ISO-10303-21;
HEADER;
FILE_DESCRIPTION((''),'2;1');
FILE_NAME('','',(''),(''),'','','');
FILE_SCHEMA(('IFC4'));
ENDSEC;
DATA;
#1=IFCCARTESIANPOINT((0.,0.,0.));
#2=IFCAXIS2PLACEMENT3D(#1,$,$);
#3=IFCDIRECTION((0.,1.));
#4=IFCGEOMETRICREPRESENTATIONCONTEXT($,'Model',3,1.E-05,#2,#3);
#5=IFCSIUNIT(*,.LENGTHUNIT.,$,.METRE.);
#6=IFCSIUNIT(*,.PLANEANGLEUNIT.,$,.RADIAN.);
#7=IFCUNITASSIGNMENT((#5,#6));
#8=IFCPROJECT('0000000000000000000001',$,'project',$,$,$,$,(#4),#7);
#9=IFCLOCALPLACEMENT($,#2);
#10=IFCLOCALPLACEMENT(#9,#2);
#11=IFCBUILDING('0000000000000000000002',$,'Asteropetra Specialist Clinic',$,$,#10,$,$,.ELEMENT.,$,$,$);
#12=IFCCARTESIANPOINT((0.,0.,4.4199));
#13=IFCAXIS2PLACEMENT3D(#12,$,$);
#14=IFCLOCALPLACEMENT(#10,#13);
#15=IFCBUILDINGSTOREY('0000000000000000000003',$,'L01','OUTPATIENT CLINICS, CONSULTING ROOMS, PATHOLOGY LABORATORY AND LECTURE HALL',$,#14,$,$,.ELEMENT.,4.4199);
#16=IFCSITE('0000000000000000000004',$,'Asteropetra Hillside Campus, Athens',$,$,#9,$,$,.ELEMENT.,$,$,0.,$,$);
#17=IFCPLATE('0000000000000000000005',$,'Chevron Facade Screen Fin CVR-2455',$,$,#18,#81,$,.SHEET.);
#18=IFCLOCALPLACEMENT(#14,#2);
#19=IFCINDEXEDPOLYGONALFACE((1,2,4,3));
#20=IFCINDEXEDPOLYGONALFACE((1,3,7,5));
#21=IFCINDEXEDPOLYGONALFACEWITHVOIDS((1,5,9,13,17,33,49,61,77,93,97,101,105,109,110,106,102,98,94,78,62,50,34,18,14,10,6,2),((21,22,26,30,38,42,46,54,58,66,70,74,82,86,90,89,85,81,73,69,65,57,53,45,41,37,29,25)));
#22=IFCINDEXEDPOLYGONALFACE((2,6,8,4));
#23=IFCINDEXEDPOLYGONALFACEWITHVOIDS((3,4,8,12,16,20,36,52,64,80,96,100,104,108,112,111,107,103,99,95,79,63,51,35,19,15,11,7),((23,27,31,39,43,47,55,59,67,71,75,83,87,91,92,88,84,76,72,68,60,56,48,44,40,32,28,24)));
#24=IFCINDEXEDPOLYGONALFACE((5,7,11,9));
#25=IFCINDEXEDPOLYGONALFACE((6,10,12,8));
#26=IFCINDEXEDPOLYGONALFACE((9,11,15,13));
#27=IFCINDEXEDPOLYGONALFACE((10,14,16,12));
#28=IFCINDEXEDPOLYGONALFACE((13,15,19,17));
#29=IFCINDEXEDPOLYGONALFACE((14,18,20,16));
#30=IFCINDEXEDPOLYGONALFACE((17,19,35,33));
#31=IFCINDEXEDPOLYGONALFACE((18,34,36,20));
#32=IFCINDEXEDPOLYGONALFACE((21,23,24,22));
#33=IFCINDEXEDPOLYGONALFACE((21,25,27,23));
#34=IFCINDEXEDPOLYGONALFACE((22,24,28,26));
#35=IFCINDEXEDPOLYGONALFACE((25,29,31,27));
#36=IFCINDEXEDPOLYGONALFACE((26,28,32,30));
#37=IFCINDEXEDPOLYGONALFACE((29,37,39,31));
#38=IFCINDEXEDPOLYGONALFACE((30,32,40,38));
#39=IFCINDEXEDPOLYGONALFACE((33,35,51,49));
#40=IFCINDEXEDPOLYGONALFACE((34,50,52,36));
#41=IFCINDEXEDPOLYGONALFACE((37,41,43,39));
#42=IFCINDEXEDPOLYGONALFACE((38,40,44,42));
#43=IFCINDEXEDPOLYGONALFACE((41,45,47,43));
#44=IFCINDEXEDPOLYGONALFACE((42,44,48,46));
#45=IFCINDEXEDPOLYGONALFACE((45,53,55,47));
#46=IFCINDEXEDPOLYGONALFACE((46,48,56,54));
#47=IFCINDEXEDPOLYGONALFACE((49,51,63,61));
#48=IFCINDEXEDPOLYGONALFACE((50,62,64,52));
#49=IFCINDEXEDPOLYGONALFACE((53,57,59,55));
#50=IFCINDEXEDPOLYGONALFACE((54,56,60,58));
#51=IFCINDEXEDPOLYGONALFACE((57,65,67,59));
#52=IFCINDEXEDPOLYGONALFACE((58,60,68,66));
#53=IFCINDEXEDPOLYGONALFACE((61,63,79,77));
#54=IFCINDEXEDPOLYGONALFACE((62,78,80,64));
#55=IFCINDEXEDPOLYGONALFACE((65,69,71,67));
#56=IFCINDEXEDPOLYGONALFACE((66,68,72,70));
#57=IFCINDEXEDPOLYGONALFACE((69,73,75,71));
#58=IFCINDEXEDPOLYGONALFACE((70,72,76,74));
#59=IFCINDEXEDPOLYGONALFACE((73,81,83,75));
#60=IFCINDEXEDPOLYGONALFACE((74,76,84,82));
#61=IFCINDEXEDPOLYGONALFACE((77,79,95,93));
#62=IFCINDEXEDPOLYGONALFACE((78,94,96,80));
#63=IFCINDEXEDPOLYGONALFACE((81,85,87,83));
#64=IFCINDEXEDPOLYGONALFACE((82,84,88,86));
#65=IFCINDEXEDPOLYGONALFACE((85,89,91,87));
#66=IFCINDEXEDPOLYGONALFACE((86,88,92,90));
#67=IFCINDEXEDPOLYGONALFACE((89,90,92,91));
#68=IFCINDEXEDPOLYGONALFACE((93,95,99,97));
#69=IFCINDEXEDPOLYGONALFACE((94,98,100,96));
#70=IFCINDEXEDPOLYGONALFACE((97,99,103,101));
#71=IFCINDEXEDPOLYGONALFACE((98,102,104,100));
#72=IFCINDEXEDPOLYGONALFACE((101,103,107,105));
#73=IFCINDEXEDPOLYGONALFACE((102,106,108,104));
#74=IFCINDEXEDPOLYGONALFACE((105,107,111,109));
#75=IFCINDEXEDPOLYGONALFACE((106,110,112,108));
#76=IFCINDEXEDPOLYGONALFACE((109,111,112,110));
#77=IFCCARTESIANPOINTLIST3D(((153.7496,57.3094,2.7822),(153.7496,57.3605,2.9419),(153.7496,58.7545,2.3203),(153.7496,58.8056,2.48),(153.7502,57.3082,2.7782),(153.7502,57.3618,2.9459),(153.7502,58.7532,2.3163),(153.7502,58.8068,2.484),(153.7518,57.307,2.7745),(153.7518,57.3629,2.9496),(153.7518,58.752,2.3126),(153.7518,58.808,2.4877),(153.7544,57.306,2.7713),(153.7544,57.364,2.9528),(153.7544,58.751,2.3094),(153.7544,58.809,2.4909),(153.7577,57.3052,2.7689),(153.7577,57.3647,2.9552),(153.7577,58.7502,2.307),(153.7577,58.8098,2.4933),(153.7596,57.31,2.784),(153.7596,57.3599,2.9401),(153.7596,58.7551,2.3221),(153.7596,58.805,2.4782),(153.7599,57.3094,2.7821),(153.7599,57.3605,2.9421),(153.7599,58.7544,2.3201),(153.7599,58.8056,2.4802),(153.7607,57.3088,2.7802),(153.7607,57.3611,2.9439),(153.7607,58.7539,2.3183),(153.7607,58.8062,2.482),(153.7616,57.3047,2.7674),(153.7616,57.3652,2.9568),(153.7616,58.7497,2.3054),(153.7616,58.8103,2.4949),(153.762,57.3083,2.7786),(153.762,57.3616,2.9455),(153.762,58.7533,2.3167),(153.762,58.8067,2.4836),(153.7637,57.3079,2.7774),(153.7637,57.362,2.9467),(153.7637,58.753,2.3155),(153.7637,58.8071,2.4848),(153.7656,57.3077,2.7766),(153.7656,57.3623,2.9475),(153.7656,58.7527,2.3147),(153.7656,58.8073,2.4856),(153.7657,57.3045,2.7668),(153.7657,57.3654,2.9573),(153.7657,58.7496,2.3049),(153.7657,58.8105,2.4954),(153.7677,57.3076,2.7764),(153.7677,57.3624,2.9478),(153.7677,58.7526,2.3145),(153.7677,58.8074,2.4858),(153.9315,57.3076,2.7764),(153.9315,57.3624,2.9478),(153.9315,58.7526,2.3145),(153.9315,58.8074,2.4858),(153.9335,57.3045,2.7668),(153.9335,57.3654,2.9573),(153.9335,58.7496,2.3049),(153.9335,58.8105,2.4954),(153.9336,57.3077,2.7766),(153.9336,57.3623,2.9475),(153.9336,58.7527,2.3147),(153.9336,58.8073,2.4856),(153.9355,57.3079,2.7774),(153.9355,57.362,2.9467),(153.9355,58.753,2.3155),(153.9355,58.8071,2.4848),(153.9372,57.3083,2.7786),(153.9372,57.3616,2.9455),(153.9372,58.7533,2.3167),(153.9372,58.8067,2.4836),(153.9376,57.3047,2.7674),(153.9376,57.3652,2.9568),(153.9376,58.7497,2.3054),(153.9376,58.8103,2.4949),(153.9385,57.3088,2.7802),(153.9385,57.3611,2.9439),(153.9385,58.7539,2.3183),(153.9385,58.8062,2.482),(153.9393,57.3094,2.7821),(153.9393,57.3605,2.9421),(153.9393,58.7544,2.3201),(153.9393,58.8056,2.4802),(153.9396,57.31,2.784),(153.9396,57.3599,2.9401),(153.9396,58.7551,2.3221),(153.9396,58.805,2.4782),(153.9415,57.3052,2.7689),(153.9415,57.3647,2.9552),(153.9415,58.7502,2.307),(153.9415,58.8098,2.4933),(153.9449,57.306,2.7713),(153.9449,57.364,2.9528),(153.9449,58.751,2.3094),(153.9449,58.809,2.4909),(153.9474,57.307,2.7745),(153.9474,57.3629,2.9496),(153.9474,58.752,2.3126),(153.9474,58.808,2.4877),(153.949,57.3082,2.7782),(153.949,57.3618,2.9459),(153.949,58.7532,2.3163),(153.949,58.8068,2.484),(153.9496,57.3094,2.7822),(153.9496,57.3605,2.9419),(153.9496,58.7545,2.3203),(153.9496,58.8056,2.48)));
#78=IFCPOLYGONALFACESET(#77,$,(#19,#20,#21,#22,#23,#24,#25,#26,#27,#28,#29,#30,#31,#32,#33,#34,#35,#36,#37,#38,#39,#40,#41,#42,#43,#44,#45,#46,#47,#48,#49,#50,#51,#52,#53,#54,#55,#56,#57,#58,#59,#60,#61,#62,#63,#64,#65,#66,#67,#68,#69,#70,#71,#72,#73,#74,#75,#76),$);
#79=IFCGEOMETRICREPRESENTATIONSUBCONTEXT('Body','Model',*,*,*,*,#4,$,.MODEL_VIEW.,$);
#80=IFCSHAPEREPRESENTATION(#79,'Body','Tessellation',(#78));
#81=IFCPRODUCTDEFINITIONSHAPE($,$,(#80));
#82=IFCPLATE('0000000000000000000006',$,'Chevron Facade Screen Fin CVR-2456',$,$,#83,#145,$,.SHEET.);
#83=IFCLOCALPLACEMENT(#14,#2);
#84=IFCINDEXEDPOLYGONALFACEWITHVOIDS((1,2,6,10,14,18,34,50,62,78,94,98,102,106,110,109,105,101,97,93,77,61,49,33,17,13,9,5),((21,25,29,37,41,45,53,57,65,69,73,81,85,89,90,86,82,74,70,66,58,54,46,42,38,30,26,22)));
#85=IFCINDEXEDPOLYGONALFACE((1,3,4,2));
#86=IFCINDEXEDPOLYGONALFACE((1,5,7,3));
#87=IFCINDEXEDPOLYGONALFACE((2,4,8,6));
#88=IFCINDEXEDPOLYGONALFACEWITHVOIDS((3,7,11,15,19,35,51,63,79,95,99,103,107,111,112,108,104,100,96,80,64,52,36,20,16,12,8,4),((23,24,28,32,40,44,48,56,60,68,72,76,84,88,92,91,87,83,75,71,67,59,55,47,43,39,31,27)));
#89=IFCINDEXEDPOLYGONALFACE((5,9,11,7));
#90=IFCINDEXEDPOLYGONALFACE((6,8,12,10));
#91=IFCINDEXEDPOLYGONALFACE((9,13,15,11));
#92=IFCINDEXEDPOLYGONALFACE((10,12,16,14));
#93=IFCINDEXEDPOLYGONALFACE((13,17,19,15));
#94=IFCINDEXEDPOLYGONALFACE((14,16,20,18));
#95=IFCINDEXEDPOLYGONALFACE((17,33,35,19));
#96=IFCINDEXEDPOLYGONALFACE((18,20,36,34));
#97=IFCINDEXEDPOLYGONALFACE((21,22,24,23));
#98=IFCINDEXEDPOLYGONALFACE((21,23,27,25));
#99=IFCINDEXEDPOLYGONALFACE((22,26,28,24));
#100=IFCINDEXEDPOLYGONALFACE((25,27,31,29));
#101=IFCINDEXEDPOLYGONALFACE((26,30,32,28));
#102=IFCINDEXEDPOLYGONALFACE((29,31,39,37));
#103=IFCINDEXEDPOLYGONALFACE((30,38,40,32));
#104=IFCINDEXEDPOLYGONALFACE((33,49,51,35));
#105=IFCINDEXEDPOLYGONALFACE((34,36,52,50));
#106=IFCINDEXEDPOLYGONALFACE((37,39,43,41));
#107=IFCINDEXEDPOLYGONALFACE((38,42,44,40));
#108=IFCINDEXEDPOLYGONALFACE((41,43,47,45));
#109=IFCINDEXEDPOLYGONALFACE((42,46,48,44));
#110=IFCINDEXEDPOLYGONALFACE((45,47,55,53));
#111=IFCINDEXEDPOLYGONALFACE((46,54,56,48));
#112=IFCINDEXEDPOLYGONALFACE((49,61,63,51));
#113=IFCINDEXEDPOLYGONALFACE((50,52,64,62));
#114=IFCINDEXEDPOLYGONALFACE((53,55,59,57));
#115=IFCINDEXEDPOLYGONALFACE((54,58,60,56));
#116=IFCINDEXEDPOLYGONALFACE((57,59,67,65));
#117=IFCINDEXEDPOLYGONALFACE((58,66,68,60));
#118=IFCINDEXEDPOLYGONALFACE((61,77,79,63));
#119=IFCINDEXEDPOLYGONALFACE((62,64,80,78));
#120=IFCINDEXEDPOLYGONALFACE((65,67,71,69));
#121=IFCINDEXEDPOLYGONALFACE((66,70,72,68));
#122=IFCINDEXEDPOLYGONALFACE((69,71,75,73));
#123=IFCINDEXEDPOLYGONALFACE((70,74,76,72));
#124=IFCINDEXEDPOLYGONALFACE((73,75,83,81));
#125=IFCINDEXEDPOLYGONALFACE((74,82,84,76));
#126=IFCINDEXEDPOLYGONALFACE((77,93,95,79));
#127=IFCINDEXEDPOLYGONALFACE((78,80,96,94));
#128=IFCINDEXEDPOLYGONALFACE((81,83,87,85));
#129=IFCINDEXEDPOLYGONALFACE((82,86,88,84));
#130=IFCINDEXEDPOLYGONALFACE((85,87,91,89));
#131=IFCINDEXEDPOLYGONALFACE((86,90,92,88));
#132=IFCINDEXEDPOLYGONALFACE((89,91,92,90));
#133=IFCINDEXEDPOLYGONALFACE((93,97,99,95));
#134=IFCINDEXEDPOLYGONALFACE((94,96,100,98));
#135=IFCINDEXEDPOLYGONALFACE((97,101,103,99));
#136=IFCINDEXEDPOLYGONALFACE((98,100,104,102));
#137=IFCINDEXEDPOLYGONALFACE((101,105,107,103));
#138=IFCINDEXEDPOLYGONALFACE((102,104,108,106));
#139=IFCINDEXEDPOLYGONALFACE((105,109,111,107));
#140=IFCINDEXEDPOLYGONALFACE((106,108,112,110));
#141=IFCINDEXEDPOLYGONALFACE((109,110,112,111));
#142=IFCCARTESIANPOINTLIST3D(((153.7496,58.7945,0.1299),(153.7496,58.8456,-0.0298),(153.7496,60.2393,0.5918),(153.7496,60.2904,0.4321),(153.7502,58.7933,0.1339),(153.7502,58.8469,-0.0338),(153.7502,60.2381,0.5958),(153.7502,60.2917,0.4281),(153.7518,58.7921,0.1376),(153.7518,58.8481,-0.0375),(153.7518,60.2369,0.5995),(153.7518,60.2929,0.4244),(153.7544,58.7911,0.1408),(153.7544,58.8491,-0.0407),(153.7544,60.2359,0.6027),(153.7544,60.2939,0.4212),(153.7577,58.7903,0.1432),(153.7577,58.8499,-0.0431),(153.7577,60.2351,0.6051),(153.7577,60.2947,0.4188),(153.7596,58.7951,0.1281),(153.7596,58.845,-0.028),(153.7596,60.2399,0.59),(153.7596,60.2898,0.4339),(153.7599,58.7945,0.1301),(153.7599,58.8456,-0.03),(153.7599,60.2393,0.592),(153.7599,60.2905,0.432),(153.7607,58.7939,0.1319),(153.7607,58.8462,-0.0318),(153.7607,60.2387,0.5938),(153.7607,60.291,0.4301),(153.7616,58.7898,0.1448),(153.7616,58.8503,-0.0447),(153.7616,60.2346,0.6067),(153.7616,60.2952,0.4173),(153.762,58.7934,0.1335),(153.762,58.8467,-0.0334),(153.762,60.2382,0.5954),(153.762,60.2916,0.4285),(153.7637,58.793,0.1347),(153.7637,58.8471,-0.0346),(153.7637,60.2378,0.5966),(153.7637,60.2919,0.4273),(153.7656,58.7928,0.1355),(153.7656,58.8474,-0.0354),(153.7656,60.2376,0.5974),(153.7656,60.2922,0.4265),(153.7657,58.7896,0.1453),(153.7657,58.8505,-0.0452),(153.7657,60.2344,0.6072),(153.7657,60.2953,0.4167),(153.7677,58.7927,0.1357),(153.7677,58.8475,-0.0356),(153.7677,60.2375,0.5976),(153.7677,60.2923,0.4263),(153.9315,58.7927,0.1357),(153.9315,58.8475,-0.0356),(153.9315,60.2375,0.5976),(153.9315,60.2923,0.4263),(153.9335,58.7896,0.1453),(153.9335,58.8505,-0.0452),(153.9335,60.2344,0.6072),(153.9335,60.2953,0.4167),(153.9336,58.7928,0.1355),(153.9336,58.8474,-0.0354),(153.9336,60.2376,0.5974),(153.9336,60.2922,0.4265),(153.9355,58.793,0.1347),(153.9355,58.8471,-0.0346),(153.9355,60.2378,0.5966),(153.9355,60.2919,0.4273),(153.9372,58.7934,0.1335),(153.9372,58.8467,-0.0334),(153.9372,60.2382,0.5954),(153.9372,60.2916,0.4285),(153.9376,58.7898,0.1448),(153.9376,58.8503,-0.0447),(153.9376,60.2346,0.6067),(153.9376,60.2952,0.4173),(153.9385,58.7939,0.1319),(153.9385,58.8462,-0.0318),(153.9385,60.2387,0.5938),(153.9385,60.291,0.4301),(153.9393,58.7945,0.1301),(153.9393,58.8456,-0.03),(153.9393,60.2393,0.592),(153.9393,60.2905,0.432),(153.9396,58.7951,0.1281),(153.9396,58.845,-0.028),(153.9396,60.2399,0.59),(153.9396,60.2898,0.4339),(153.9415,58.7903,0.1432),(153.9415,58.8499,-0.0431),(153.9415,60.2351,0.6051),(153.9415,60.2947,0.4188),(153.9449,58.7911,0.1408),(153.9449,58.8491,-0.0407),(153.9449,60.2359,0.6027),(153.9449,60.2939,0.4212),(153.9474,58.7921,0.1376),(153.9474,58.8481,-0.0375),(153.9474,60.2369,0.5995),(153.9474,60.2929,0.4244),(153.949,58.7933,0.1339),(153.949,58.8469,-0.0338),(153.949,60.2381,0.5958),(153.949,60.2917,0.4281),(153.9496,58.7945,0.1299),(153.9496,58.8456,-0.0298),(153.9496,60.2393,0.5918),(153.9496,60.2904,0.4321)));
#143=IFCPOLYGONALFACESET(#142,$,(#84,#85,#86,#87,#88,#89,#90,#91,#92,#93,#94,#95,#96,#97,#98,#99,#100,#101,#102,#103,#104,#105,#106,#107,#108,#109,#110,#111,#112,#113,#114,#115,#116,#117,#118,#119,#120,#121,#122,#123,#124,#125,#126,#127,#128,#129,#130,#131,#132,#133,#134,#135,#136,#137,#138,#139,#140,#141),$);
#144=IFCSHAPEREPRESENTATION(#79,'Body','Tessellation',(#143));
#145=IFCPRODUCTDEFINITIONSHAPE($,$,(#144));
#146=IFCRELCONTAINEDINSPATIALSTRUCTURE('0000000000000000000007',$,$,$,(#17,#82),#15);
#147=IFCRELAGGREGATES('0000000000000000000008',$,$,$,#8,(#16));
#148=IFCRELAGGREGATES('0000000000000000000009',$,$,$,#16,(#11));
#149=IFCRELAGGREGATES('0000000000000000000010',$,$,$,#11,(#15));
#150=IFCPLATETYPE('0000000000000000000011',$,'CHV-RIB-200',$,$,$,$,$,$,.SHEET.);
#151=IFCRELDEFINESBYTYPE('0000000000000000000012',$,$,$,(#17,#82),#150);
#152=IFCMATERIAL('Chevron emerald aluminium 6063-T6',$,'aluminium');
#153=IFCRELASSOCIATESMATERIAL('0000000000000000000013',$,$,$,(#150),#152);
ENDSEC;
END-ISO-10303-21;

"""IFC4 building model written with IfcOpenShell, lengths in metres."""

from ifc_helpers import new_model, si_unit, direction, frame, origin, origin_2d, place, context, subcontext, project, spatial, hollow_rectangle, extrude, material, material_profile, profile_set, type_object, element, save


model = new_model("IFC4")

# Units and contexts
model_context = context("Model", 3, precision=1e-05, world=origin(), true_north=direction((0.0, 1.0)))
body_context = subcontext(model_context, "Body", "Model", "MODEL_VIEW")
ifc_project = project(units=[si_unit("LENGTHUNIT", "METRE"), si_unit("PLANEANGLEUNIT", "RADIAN")], contexts=[model_context])

# Site, building, storey
site_placement = place(None, origin())
site = spatial("IfcSite", under=ifc_project, at=site_placement, Name="Asteropetra Hillside Campus, Athens", CompositionType="ELEMENT", RefElevation=0.0)
building_placement = place(site_placement, origin())
building = spatial("IfcBuilding", under=site, at=building_placement, Name="Asteropetra Specialist Clinic", CompositionType="ELEMENT")
storey_placement = place(building_placement, frame((0.0, 0.0, 4.4199)))
storey = spatial("IfcBuildingStorey", under=building, at=storey_placement, Name="L01", Description="OUTPATIENT CLINICS, CONSULTING ROOMS, PATHOLOGY LABORATORY AND LECTURE HALL", CompositionType="ELEMENT", Elevation=4.4199)

# Plates
ifc_material_1 = material(Name="Chevron emerald aluminium 6063-T6", Category="aluminium")
ifc_material_profile = material_profile(ifc_material_1, hollow_rectangle(XDim=0.2, YDim=0.2, WallThickness=0.01, InnerFilletRadius=0.0081, OuterFilletRadius=0.0161, at=origin_2d()), Name="SHS 200x200x10.0")
ifc_profile_set = profile_set([ifc_material_profile], Name="Chevron emerald aluminium 6063-T6")
plate_type = type_object("IfcPlateType", Name="CHV-RIB-200", PredefinedType="SHEET", material=ifc_profile_set)
for number, where, z_axis, x_axis, name in (
    (1, (153.8496, 57.335, 2.8621), (0.0, 0.952521, -0.304472), (-1.0, 0.0, 0.0), "Chevron Facade Screen Fin CVR-2455"),
):
    element("IfcPlate", number, at=place(storey_placement, frame(where, z_axis=z_axis, x_axis=x_axis)), inside=storey, type_object=plate_type, Name=name, PredefinedType="SHEET", context=body_context, shape_type="SweptSolid", body=[
        extrude(hollow_rectangle(XDim=0.2, YDim=0.2, WallThickness=0.01, InnerFilletRadius=0.0081, OuterFilletRadius=0.0161, at=origin_2d()), origin(), (0.0, 0.0, 1.0), 1.5171),
    ])
plate_1_placement = place(storey_placement, frame((153.8496, 58.8201, 0.05), z_axis=(0.0, 0.952506, 0.304519), x_axis=(-1.0, 0.0, 0.0)))
element("IfcPlate", 2, at=plate_1_placement, inside=storey, type_object=plate_type, Name="Chevron Facade Screen Fin CVR-2456", PredefinedType="SHEET", context=body_context, shape_type="SweptSolid", body=[
    extrude(hollow_rectangle(XDim=0.2, YDim=0.2, WallThickness=0.01, InnerFilletRadius=0.0081, OuterFilletRadius=0.0161, at=origin_2d()), origin(), (0.0, 0.0, 1.0), 1.5168),
])

save(model, "model.ifc")
